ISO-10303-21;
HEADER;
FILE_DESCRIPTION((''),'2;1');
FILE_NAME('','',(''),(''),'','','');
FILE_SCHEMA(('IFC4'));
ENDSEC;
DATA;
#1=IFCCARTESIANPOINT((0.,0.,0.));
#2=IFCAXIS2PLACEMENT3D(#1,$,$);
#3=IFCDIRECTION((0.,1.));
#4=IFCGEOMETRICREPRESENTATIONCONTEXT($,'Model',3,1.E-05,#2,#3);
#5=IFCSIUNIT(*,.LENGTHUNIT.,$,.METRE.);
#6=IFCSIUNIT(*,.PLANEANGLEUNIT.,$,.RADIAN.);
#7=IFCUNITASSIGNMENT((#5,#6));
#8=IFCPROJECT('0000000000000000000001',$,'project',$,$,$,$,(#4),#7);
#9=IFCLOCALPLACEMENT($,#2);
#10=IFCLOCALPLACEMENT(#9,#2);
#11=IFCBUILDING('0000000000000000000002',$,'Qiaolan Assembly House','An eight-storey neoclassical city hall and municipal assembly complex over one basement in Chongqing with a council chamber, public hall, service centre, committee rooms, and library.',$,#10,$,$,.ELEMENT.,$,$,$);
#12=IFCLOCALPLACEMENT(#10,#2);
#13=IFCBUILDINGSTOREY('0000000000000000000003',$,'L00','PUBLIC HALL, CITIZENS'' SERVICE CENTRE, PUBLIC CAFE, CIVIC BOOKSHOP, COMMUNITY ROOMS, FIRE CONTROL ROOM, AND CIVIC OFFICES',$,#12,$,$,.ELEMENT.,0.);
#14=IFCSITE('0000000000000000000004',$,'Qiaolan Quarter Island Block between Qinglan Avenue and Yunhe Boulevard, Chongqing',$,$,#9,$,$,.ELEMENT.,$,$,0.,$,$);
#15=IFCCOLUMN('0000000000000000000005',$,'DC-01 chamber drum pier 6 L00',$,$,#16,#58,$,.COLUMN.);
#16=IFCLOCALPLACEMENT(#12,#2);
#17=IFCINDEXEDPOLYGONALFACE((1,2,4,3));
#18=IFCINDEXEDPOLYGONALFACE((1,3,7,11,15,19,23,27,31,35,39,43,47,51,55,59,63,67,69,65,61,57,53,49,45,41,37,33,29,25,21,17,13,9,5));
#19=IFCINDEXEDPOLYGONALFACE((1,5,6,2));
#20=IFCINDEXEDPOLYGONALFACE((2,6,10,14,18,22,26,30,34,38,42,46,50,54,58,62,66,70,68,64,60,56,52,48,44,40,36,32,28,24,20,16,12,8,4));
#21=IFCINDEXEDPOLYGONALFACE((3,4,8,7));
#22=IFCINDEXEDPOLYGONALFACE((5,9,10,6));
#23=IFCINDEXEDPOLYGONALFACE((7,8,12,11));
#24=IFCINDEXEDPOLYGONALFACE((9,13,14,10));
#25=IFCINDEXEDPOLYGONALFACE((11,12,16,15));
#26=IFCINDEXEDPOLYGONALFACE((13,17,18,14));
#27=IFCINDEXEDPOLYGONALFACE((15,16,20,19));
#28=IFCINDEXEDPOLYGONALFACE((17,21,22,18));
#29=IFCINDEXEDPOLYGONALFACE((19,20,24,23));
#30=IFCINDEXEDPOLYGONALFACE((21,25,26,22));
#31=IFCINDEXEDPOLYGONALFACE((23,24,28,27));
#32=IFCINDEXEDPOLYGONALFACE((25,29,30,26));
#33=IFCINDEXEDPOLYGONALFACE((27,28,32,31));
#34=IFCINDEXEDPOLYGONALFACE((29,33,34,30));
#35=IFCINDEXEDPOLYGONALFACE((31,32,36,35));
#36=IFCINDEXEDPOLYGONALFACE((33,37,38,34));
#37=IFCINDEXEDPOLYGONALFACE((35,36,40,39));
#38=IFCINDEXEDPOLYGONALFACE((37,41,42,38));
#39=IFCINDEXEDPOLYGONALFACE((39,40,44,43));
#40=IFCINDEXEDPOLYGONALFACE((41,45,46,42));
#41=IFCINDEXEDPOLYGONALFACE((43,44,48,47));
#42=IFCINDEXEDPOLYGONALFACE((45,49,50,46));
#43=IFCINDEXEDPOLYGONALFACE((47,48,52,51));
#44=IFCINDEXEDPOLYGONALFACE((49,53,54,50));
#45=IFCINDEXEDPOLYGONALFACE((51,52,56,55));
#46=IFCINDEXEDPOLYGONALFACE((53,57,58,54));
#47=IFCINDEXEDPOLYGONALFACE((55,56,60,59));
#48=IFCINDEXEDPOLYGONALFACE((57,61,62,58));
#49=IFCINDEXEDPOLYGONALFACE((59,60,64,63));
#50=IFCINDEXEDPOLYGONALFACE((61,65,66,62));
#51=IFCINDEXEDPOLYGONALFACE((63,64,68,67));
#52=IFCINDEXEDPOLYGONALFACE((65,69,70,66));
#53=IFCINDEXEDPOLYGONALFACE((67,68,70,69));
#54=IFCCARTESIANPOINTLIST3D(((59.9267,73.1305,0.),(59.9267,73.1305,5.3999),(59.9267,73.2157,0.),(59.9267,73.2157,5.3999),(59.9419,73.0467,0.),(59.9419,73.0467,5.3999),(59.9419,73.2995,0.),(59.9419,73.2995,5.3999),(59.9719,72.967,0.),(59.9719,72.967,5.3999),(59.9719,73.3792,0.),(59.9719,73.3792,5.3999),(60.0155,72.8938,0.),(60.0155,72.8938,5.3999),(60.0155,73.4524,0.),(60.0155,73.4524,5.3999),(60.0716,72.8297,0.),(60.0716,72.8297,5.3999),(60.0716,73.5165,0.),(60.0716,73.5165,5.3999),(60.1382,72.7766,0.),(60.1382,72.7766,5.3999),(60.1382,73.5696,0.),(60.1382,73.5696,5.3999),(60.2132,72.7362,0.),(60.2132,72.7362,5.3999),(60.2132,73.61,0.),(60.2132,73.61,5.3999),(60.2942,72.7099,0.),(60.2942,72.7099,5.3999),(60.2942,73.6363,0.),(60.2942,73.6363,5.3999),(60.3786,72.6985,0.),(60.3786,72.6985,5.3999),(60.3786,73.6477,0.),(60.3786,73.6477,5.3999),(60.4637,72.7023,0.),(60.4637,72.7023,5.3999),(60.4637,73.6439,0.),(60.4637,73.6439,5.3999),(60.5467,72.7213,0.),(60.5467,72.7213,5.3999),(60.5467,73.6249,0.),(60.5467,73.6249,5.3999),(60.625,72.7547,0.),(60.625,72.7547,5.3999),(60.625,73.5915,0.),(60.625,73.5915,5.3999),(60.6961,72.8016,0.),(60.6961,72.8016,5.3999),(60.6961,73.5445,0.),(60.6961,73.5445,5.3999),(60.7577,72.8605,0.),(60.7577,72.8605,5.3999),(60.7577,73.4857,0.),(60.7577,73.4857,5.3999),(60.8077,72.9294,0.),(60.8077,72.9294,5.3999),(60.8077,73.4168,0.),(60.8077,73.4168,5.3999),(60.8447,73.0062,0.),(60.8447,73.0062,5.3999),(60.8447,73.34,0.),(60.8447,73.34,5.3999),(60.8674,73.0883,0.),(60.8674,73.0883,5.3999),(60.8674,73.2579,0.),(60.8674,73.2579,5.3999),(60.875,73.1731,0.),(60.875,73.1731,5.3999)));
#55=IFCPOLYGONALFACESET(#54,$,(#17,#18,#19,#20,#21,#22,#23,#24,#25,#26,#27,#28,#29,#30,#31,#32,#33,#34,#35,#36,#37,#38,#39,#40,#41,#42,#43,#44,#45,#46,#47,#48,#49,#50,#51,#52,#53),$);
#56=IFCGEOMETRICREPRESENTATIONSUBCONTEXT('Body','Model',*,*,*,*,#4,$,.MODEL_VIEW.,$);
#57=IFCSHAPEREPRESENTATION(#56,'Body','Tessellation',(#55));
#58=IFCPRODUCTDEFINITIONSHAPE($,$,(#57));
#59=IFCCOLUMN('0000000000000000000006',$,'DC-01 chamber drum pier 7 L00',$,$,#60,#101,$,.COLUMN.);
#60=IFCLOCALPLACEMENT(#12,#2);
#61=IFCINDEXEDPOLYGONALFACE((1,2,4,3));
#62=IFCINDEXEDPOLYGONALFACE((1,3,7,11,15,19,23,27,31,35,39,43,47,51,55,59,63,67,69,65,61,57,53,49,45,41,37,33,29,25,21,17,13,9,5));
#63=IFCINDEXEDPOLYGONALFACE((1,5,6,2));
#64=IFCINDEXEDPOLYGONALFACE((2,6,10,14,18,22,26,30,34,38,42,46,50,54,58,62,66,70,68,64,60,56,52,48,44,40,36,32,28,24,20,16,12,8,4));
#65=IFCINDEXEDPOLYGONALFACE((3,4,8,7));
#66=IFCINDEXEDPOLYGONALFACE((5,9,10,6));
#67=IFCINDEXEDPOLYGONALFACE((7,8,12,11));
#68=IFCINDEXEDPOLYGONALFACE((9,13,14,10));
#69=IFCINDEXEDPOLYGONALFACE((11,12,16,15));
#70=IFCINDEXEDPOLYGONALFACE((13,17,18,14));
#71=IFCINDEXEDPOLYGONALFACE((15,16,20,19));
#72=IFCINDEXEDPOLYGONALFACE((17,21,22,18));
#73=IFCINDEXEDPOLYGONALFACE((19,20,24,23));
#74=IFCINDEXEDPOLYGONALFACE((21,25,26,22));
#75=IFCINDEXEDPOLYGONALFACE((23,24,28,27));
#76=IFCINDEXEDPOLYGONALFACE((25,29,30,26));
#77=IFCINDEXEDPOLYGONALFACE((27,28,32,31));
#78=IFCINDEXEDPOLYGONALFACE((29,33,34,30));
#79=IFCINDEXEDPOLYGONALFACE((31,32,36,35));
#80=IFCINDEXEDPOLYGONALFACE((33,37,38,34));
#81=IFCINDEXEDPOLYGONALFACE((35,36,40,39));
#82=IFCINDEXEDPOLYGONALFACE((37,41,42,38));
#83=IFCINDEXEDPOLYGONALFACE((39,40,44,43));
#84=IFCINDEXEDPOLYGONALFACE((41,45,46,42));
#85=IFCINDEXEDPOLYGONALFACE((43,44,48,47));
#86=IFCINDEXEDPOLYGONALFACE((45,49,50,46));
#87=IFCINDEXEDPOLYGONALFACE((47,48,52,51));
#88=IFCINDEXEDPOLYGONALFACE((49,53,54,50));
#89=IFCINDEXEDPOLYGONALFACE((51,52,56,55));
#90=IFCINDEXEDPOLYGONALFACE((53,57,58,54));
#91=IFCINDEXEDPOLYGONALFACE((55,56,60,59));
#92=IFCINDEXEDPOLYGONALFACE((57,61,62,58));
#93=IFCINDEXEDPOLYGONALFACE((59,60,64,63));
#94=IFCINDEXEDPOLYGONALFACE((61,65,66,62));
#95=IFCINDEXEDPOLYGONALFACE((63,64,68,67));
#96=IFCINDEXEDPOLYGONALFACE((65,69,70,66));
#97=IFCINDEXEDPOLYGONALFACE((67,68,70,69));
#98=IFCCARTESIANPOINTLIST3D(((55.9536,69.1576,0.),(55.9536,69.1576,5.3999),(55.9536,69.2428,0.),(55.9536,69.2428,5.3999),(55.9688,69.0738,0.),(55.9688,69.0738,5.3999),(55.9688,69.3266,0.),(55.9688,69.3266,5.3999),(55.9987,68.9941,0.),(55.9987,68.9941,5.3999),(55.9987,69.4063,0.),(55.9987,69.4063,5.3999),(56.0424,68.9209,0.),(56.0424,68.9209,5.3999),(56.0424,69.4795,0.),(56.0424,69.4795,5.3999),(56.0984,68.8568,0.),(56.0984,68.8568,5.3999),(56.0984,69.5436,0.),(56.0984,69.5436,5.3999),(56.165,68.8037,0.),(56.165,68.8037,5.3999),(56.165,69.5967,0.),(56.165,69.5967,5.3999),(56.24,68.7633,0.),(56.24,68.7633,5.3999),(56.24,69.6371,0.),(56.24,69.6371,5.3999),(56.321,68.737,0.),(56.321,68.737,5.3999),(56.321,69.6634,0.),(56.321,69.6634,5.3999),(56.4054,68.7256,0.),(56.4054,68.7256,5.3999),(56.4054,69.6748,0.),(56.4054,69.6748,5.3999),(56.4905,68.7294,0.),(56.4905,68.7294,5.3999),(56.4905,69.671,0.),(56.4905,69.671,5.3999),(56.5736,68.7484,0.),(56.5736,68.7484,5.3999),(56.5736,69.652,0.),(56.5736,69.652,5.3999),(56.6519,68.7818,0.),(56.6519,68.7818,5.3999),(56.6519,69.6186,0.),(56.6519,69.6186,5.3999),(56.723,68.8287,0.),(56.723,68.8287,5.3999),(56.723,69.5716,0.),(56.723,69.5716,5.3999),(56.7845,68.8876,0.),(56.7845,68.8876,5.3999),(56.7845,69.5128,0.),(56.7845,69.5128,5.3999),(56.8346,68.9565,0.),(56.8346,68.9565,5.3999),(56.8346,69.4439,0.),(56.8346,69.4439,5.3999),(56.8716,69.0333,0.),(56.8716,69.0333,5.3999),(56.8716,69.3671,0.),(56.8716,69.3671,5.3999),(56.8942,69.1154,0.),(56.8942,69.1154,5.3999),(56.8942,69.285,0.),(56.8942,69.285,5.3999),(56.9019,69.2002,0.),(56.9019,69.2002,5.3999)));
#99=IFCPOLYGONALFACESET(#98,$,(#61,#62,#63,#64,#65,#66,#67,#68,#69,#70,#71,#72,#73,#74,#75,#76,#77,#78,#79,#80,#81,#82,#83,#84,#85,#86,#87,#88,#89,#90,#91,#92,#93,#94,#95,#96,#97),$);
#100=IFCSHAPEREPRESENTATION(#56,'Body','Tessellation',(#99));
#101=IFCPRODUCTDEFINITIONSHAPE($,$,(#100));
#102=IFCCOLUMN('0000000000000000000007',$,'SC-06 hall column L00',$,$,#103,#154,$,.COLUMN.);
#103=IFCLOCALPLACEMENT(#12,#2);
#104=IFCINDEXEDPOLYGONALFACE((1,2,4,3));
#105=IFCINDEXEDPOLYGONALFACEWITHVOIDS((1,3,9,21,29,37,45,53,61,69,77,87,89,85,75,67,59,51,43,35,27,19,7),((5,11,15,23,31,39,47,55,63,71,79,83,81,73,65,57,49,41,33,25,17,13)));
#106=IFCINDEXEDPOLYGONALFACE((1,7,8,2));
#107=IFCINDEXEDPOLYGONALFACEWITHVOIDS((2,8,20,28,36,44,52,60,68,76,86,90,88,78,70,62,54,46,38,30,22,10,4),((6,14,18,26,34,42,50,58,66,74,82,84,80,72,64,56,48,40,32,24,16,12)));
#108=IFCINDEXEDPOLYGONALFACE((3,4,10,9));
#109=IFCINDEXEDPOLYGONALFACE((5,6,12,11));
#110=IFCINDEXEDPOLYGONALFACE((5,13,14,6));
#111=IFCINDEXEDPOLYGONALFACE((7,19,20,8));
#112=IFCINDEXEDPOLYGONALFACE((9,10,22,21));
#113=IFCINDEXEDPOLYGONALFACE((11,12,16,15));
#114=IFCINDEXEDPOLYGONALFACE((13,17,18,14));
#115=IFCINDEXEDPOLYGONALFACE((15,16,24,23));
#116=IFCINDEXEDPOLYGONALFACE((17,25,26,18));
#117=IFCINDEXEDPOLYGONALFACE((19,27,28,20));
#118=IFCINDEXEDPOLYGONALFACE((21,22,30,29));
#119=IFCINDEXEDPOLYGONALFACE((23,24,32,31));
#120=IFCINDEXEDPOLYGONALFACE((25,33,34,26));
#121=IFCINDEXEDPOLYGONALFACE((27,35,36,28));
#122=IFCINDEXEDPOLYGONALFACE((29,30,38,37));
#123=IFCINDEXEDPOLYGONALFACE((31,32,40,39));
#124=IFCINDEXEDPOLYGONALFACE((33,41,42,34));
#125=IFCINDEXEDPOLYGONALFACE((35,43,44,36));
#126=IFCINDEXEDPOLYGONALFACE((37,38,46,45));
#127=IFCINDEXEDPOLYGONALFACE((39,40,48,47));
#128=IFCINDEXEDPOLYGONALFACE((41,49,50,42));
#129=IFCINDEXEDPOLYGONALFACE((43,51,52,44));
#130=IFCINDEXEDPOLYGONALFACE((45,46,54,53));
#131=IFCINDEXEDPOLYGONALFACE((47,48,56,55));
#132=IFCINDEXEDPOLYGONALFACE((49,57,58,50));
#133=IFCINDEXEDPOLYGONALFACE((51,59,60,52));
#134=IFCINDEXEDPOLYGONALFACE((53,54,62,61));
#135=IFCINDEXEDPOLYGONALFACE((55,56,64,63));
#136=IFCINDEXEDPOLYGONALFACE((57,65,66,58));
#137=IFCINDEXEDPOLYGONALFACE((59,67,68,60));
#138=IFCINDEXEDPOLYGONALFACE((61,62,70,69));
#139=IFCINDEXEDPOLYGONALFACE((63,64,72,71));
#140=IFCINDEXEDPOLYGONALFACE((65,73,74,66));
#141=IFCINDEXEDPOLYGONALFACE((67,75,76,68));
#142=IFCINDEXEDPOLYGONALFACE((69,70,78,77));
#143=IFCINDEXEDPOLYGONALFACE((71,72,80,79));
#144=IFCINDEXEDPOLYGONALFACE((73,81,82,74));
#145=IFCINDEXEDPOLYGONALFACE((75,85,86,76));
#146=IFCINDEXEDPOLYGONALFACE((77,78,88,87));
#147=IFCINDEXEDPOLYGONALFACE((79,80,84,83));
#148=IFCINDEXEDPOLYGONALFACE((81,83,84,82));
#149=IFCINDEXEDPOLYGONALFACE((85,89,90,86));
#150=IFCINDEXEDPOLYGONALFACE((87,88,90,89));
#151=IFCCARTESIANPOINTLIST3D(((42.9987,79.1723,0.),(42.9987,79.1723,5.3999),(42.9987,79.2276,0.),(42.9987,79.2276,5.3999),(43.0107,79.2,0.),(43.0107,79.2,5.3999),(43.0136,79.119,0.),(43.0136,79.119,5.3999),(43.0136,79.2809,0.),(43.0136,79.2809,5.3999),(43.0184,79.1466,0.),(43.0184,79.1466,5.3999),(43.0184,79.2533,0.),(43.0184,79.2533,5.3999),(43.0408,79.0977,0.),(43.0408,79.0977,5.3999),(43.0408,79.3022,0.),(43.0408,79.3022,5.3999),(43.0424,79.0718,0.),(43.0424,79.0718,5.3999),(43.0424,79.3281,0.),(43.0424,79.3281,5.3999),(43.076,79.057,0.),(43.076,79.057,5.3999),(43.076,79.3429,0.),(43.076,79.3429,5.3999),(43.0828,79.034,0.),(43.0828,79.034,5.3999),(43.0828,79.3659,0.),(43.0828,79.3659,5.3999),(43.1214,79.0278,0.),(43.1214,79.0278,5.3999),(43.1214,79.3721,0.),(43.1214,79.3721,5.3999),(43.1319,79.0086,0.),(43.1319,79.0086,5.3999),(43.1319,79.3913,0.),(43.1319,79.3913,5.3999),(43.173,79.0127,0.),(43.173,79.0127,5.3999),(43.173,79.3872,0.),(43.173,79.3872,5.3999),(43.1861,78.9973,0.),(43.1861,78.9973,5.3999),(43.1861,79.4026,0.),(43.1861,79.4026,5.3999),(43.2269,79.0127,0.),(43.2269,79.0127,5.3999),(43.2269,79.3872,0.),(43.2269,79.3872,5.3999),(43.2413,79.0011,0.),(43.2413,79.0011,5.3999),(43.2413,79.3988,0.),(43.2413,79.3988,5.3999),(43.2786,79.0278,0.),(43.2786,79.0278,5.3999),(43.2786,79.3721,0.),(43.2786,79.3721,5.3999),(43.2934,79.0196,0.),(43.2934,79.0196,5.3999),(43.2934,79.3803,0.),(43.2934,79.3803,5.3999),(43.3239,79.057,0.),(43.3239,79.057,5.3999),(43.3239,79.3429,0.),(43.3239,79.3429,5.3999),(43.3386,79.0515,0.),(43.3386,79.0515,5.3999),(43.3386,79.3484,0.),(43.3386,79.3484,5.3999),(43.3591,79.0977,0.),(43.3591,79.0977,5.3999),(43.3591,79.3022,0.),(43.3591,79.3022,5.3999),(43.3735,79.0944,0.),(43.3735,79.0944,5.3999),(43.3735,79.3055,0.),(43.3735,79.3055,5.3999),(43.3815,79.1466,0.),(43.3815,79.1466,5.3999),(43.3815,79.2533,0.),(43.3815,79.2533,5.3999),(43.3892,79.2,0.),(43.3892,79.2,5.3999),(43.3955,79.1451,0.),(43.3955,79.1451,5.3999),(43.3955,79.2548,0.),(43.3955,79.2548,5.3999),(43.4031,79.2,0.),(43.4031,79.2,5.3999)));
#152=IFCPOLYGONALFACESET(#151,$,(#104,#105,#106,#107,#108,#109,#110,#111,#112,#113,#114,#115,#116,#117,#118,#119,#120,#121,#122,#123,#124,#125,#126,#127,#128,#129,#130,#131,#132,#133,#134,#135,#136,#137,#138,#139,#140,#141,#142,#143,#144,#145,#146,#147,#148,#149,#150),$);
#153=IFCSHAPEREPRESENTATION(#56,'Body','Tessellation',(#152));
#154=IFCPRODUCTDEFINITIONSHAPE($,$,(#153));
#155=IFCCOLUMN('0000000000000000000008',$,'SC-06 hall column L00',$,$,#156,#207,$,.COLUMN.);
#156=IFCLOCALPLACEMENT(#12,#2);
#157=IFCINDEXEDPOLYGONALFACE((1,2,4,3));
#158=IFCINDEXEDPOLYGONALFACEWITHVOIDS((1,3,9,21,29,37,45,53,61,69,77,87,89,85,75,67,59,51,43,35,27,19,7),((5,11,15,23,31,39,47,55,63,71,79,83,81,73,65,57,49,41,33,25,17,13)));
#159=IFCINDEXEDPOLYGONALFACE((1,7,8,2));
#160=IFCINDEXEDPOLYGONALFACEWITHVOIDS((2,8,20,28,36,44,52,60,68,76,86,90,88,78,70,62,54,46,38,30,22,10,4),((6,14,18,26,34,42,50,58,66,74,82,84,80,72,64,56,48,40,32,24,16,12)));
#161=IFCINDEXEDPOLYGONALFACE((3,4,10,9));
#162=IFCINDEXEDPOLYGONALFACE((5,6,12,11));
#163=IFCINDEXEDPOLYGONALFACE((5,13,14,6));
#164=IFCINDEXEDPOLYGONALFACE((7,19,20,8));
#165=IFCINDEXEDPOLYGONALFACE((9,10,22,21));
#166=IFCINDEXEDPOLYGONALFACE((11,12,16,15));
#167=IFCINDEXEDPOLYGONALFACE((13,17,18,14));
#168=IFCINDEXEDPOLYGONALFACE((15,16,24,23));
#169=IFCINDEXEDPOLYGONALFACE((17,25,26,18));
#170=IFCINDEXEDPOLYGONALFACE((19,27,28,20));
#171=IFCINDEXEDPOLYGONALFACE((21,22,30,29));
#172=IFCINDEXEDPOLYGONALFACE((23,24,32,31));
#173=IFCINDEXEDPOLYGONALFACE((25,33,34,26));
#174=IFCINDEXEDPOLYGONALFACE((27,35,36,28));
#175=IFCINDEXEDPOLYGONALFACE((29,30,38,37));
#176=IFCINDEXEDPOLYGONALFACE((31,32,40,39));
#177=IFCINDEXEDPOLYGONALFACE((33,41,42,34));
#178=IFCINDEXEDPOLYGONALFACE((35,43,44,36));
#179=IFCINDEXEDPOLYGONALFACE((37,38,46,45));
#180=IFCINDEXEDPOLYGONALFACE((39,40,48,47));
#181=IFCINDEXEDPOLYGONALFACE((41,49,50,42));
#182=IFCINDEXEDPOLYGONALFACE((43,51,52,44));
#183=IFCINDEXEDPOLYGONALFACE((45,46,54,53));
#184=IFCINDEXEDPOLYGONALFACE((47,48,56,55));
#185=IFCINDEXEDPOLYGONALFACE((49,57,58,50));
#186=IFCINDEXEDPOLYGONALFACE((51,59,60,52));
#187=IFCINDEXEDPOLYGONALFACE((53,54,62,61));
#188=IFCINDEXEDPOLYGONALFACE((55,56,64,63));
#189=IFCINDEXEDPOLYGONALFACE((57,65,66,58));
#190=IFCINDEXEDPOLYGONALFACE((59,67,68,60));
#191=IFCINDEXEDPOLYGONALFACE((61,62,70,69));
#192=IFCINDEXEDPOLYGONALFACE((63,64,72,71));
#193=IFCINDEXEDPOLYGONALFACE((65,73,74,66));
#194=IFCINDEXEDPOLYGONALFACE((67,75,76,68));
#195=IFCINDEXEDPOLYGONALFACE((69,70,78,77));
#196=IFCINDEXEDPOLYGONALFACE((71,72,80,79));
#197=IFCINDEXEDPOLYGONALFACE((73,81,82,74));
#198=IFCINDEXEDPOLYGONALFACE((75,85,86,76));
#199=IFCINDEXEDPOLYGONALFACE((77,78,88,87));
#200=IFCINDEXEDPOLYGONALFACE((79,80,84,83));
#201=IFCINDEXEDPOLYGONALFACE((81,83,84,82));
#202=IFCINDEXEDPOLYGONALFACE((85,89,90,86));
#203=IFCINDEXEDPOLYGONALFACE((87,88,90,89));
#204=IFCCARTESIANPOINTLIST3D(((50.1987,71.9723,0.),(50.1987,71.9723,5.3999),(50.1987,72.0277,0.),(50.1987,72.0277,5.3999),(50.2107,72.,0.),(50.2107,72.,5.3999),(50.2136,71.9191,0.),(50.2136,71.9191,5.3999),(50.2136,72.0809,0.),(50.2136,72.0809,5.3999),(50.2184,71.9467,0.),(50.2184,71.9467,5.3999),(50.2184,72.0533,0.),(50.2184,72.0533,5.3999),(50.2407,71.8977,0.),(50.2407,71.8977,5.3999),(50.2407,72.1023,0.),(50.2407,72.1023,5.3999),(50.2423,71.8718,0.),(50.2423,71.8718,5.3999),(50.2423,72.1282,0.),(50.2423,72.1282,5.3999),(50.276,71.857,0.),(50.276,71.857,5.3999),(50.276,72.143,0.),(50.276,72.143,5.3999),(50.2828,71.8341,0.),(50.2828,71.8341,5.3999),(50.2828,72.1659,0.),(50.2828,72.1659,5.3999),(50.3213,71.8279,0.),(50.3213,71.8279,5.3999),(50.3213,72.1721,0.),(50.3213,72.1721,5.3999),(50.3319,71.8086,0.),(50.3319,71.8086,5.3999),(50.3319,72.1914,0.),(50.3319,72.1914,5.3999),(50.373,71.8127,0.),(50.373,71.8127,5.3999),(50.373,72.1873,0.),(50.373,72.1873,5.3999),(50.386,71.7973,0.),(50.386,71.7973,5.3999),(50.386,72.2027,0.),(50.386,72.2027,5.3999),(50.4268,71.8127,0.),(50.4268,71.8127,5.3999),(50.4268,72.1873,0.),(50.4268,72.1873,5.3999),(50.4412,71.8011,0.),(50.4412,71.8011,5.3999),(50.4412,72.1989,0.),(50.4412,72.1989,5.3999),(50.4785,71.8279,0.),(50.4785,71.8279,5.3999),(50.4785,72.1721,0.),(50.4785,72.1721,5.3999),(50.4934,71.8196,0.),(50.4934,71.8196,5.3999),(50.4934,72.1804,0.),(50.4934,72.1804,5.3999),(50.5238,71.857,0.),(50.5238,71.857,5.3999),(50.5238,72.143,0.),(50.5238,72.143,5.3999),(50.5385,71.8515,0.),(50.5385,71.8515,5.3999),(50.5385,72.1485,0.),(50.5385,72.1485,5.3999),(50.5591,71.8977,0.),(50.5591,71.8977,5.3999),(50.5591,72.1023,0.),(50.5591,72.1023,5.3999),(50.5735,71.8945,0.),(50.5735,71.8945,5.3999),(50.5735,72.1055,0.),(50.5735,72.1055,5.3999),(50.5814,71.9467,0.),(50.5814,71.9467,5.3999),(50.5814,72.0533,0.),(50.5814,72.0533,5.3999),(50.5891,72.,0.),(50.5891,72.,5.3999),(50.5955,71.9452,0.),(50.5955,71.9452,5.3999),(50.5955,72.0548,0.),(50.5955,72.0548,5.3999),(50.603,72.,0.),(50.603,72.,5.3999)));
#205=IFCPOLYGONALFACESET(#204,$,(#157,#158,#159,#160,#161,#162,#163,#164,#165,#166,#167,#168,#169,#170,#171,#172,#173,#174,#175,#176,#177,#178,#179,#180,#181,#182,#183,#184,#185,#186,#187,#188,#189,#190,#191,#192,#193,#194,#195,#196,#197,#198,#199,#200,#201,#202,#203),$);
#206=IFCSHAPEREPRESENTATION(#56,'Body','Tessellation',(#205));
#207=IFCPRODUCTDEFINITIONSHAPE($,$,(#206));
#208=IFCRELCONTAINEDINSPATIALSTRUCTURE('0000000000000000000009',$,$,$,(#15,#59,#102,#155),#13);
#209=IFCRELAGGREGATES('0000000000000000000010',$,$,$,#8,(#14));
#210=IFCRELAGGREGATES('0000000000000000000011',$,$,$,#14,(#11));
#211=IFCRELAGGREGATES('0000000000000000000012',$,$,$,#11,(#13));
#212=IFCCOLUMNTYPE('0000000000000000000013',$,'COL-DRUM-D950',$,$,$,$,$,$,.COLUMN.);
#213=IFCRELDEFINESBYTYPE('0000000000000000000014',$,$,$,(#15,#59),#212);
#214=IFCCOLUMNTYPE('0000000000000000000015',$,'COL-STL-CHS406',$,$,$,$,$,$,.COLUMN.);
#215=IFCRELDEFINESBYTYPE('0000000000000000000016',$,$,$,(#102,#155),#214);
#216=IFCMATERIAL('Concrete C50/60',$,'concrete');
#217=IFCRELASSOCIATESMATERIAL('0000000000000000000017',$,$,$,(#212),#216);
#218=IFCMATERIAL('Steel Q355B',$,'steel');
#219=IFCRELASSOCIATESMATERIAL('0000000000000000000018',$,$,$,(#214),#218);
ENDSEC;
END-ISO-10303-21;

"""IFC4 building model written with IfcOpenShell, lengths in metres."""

from ifc_helpers import new_model, si_unit, direction, frame, origin, origin_2d, place, context, subcontext, project, spatial, circle, hollow_circle, extrude, material, material_profile, profile_set, type_object, element, save


model = new_model("IFC4")

# Units and contexts
model_context = context("Model", 3, precision=1e-05, world=origin(), true_north=direction((0.0, 1.0)))
body_context = subcontext(model_context, "Body", "Model", "MODEL_VIEW")
ifc_project = project(units=[si_unit("LENGTHUNIT", "METRE"), si_unit("PLANEANGLEUNIT", "RADIAN")], contexts=[model_context])

# Site, building, storey
site_placement = place(None, origin())
site = spatial("IfcSite", under=ifc_project, at=site_placement, Name="Qiaolan Quarter Island Block between Qinglan Avenue and Yunhe Boulevard, Chongqing", CompositionType="ELEMENT", RefElevation=0.0)
building_placement = place(site_placement, origin())
building = spatial("IfcBuilding", under=site, at=building_placement, Name="Qiaolan Assembly House", Description="An eight-storey neoclassical city hall and municipal assembly complex over one basement in Chongqing with a council chamber, public hall, service centre, committee rooms, and library.", CompositionType="ELEMENT")
storey_placement = place(building_placement, origin())
storey = spatial("IfcBuildingStorey", under=building, at=storey_placement, Name="L00", Description="PUBLIC HALL, CITIZENS' SERVICE CENTRE, PUBLIC CAFE, CIVIC BOOKSHOP, COMMUNITY ROOMS, FIRE CONTROL ROOM, AND CIVIC OFFICES", CompositionType="ELEMENT", Elevation=0.0)

# Columns
ifc_material_1 = material(Name="Concrete C50/60", Category="concrete")
ifc_material_profile_1 = material_profile(ifc_material_1, circle(Radius=0.4751, at=origin_2d()), Name="CIRC D950")
ifc_profile_set_1 = profile_set([ifc_material_profile_1], Name="Concrete C50/60")
column_type_1 = type_object("IfcColumnType", Name="COL-DRUM-D950", PredefinedType="COLUMN", material=ifc_profile_set_1)
for number, where, z_axis, x_axis, name in (
    (1, (60.3999, 73.1731, 0.0), (0.0, 0.0, 1.0), (1.0, 0.0, 0.0), "DC-01 chamber drum pier 6 L00"),
    (2, (56.4268, 69.2002, 0.0), (0.0, 0.0, 1.0), (1.0, 0.0, 0.0), "DC-01 chamber drum pier 7 L00"),
):
    element("IfcColumn", number, at=place(storey_placement, frame(where, z_axis=z_axis, x_axis=x_axis)), inside=storey, type_object=column_type_1, Name=name, PredefinedType="COLUMN", context=body_context, shape_type="SweptSolid", body=[
        extrude(circle(Radius=0.4751, at=origin_2d()), origin(), (0.0, 0.0, 1.0), 5.3999),
    ])
ifc_material_2 = material(Name="Steel Q355B", Category="steel")
ifc_material_profile_2 = material_profile(ifc_material_2, hollow_circle(Radius=0.2031, WallThickness=0.0139, at=origin_2d()), Name="CHS 406.4x14")
ifc_profile_set_2 = profile_set([ifc_material_profile_2], Name="Steel Q355B")
column_type_2 = type_object("IfcColumnType", Name="COL-STL-CHS406", PredefinedType="COLUMN", material=ifc_profile_set_2)
for number, where, z_axis, x_axis, name in (
    (3, (43.2, 79.2, 0.0), (0.0, 0.0, 1.0), (1.0, 0.0, 0.0), "SC-06 hall column L00"),
    (4, (50.3999, 72.0, 0.0), (0.0, 0.0, 1.0), (1.0, 0.0, 0.0), "SC-06 hall column L00"),
):
    element("IfcColumn", number, at=place(storey_placement, frame(where, z_axis=z_axis, x_axis=x_axis)), inside=storey, type_object=column_type_2, Name=name, PredefinedType="COLUMN", context=body_context, shape_type="SweptSolid", body=[
        extrude(hollow_circle(Radius=0.2031, WallThickness=0.0139, at=origin_2d()), origin(), (0.0, 0.0, 1.0), 5.3999),
    ])

save(model, "model.ifc")
